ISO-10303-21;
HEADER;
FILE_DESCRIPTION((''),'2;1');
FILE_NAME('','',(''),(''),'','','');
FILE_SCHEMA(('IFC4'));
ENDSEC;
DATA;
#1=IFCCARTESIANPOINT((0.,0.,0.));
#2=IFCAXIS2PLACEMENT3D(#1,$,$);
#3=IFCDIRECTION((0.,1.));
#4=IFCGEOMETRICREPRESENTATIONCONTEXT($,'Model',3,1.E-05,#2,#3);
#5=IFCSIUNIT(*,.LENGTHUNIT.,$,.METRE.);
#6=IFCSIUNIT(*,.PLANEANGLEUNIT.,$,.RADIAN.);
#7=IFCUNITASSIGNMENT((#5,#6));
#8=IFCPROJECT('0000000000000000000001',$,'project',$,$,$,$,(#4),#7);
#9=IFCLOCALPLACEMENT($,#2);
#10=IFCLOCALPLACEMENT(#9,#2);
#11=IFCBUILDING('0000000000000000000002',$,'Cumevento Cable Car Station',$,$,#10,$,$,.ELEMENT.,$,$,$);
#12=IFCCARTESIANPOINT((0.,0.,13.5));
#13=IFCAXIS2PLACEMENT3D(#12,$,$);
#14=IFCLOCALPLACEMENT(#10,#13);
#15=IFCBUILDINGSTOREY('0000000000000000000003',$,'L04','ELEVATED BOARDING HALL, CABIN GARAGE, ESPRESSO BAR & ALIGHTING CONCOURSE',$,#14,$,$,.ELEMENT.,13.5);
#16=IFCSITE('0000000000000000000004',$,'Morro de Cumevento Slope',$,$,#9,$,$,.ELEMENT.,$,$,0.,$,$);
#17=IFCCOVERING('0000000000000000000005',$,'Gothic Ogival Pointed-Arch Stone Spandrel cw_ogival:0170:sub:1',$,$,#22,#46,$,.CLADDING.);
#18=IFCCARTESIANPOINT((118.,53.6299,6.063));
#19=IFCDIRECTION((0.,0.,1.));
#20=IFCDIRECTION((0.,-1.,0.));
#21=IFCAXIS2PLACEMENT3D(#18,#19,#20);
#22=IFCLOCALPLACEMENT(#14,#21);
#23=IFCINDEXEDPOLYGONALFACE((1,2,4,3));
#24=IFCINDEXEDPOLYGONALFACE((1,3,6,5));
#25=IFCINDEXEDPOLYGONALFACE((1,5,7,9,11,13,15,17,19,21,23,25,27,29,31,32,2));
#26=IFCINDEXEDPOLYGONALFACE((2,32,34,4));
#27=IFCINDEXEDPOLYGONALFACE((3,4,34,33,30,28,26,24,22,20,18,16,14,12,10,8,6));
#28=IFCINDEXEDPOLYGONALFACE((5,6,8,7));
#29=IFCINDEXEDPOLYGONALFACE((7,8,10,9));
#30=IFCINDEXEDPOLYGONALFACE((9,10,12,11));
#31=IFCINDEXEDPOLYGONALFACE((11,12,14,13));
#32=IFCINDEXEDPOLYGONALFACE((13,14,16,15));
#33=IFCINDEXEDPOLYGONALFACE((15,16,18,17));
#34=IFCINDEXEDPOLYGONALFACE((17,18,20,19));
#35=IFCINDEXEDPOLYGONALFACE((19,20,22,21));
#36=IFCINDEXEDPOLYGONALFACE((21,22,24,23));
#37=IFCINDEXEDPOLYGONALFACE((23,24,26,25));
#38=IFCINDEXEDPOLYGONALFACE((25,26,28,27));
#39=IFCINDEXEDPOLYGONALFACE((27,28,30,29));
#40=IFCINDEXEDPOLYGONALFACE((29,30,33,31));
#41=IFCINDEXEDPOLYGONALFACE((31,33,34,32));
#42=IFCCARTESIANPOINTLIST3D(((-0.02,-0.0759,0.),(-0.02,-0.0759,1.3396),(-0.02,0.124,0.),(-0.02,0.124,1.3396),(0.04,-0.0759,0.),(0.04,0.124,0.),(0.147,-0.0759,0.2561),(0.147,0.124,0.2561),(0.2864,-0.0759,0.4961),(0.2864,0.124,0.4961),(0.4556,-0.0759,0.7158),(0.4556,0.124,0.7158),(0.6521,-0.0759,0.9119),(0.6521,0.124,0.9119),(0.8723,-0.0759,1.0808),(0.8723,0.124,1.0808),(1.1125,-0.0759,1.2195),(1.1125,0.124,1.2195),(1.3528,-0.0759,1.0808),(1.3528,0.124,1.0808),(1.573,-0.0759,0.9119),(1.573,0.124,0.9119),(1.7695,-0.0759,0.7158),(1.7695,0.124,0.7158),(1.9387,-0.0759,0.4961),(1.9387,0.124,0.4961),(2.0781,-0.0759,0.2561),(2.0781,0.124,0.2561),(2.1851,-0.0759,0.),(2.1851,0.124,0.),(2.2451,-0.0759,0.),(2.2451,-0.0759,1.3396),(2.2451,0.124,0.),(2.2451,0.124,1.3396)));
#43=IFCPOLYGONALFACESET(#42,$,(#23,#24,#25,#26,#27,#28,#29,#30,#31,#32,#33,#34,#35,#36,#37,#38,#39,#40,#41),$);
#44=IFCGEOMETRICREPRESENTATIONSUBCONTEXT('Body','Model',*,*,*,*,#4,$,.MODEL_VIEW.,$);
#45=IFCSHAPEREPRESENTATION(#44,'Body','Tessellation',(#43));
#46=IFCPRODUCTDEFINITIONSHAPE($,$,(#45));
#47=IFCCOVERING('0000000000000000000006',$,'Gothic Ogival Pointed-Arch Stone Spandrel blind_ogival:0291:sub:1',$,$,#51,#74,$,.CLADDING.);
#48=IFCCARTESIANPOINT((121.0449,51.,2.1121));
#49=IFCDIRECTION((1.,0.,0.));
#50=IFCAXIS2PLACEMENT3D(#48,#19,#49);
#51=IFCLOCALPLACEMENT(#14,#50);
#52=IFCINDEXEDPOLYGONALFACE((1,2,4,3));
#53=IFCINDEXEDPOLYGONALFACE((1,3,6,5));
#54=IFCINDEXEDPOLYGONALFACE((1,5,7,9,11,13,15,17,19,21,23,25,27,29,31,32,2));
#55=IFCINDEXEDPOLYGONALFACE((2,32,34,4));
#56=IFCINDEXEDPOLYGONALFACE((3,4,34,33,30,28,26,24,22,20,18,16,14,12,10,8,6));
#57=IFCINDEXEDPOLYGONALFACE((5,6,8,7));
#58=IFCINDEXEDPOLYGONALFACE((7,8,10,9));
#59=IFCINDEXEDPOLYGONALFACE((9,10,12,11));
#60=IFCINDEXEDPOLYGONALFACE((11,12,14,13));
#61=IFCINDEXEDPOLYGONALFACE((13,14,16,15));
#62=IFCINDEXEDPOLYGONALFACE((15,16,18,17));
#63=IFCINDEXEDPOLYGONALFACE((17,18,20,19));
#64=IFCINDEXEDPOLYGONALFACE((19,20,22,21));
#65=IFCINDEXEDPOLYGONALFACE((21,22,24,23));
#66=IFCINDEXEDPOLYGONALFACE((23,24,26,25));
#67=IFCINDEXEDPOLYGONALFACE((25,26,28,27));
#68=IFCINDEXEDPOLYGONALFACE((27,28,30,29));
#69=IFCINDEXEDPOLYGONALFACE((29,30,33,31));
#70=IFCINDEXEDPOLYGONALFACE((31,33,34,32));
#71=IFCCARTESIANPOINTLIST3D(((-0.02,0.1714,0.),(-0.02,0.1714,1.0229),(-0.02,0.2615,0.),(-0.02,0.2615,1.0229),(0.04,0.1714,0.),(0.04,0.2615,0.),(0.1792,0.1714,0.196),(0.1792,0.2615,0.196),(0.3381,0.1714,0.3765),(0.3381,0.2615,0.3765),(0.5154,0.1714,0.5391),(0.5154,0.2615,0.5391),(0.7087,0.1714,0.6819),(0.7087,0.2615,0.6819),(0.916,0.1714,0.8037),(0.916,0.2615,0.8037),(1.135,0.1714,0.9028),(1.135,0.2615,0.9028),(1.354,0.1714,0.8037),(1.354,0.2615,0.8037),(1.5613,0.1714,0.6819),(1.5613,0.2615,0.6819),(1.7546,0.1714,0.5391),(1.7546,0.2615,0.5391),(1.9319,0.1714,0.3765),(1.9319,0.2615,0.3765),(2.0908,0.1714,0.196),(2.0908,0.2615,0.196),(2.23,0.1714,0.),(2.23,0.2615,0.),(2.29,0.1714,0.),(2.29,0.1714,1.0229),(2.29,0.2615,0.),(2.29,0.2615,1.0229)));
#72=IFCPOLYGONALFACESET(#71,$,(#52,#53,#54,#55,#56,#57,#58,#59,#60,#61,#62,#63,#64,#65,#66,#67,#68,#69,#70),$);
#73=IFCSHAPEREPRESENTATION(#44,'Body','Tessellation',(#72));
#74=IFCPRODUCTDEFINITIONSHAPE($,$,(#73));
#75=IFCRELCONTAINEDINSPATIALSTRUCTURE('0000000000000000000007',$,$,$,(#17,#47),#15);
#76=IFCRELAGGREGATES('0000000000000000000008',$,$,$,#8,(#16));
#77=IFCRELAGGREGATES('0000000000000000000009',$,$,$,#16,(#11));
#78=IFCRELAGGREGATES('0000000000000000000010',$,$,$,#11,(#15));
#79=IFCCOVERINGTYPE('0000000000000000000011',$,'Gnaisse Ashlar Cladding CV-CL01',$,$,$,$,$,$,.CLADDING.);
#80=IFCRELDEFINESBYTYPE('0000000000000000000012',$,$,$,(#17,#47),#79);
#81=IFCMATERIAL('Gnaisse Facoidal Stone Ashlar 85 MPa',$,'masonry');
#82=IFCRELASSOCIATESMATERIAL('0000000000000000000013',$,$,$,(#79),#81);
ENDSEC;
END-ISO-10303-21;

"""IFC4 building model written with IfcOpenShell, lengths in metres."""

from ifc_helpers import new_model, si_unit, direction, frame, origin, place, context, subcontext, project, spatial, polyline, outline, extrude, material, type_object, element, save


model = new_model("IFC4")

# Units and contexts
model_context = context("Model", 3, precision=1e-05, world=origin(), true_north=direction((0.0, 1.0)))
body_context = subcontext(model_context, "Body", "Model", "MODEL_VIEW")
ifc_project = project(units=[si_unit("LENGTHUNIT", "METRE"), si_unit("PLANEANGLEUNIT", "RADIAN")], contexts=[model_context])

# Site, building, storey
site_placement = place(None, origin())
site = spatial("IfcSite", under=ifc_project, at=site_placement, Name="Morro de Cumevento Slope", CompositionType="ELEMENT", RefElevation=0.0)
building_placement = place(site_placement, origin())
building = spatial("IfcBuilding", under=site, at=building_placement, Name="Cumevento Cable Car Station", CompositionType="ELEMENT")
storey_placement = place(building_placement, frame((0.0, 0.0, 13.5)))
storey = spatial("IfcBuildingStorey", under=building, at=storey_placement, Name="L04", Description="ELEVATED BOARDING HALL, CABIN GARAGE, ESPRESSO BAR & ALIGHTING CONCOURSE", CompositionType="ELEMENT", Elevation=13.5)

# Coverings
ifc_material_1 = material(Name="Gnaisse Facoidal Stone Ashlar 85 MPa", Category="masonry")
covering_type = type_object("IfcCoveringType", Name="Gnaisse Ashlar Cladding CV-CL01", PredefinedType="CLADDING", material=ifc_material_1)
covering_1_placement = place(storey_placement, frame((118.0, 53.6299, 6.063), z_axis=(0.0, 0.0, 1.0), x_axis=(0.0, -1.0, 0.0)))
element("IfcCovering", 1, at=covering_1_placement, inside=storey, type_object=covering_type, Name="Gothic Ogival Pointed-Arch Stone Spandrel cw_ogival:0170:sub:1", PredefinedType="CLADDING", context=body_context, shape_type="SweptSolid", body=[
    extrude(outline(polyline([(-0.02, 0.0), (-0.02, 1.3396), (2.2451, 1.3396), (2.2451, 0.0), (2.1851, 0.0), (2.0781, 0.2561), (1.9387, 0.4961), (1.7695, 0.7158), (1.573, 0.9119), (1.3528, 1.0808), (1.1125, 1.2195), (0.8723, 1.0808), (0.6521, 0.9119), (0.4556, 0.7158), (0.2864, 0.4961), (0.147, 0.2561), (0.04, 0.0), (-0.02, 0.0)])), frame((0.0, 0.124, 0.0), z_axis=(0.0, -1.0, 0.0), x_axis=(1.0, 0.0, 0.0)), (0.0, 0.0, 1.0), 0.2),
])
covering_2_placement = place(storey_placement, frame((121.0449, 51.0, 2.1121), z_axis=(0.0, 0.0, 1.0), x_axis=(1.0, 0.0, 0.0)))
element("IfcCovering", 2, at=covering_2_placement, inside=storey, type_object=covering_type, Name="Gothic Ogival Pointed-Arch Stone Spandrel blind_ogival:0291:sub:1", PredefinedType="CLADDING", context=body_context, shape_type="SweptSolid", body=[
    extrude(outline(polyline([(-0.02, 0.0), (-0.02, 1.0229), (2.29, 1.0229), (2.29, 0.0), (2.23, 0.0), (2.0908, 0.196), (1.9319, 0.3765), (1.7546, 0.5391), (1.5613, 0.6819), (1.354, 0.8037), (1.135, 0.9028), (0.916, 0.8037), (0.7087, 0.6819), (0.5154, 0.5391), (0.3381, 0.3765), (0.1792, 0.196), (0.04, 0.0), (-0.02, 0.0)])), frame((0.0, 0.2615, 0.0), z_axis=(0.0, -1.0, 0.0), x_axis=(1.0, 0.0, 0.0)), (0.0, 0.0, 1.0), 0.0901),
])

save(model, "model.ifc")
